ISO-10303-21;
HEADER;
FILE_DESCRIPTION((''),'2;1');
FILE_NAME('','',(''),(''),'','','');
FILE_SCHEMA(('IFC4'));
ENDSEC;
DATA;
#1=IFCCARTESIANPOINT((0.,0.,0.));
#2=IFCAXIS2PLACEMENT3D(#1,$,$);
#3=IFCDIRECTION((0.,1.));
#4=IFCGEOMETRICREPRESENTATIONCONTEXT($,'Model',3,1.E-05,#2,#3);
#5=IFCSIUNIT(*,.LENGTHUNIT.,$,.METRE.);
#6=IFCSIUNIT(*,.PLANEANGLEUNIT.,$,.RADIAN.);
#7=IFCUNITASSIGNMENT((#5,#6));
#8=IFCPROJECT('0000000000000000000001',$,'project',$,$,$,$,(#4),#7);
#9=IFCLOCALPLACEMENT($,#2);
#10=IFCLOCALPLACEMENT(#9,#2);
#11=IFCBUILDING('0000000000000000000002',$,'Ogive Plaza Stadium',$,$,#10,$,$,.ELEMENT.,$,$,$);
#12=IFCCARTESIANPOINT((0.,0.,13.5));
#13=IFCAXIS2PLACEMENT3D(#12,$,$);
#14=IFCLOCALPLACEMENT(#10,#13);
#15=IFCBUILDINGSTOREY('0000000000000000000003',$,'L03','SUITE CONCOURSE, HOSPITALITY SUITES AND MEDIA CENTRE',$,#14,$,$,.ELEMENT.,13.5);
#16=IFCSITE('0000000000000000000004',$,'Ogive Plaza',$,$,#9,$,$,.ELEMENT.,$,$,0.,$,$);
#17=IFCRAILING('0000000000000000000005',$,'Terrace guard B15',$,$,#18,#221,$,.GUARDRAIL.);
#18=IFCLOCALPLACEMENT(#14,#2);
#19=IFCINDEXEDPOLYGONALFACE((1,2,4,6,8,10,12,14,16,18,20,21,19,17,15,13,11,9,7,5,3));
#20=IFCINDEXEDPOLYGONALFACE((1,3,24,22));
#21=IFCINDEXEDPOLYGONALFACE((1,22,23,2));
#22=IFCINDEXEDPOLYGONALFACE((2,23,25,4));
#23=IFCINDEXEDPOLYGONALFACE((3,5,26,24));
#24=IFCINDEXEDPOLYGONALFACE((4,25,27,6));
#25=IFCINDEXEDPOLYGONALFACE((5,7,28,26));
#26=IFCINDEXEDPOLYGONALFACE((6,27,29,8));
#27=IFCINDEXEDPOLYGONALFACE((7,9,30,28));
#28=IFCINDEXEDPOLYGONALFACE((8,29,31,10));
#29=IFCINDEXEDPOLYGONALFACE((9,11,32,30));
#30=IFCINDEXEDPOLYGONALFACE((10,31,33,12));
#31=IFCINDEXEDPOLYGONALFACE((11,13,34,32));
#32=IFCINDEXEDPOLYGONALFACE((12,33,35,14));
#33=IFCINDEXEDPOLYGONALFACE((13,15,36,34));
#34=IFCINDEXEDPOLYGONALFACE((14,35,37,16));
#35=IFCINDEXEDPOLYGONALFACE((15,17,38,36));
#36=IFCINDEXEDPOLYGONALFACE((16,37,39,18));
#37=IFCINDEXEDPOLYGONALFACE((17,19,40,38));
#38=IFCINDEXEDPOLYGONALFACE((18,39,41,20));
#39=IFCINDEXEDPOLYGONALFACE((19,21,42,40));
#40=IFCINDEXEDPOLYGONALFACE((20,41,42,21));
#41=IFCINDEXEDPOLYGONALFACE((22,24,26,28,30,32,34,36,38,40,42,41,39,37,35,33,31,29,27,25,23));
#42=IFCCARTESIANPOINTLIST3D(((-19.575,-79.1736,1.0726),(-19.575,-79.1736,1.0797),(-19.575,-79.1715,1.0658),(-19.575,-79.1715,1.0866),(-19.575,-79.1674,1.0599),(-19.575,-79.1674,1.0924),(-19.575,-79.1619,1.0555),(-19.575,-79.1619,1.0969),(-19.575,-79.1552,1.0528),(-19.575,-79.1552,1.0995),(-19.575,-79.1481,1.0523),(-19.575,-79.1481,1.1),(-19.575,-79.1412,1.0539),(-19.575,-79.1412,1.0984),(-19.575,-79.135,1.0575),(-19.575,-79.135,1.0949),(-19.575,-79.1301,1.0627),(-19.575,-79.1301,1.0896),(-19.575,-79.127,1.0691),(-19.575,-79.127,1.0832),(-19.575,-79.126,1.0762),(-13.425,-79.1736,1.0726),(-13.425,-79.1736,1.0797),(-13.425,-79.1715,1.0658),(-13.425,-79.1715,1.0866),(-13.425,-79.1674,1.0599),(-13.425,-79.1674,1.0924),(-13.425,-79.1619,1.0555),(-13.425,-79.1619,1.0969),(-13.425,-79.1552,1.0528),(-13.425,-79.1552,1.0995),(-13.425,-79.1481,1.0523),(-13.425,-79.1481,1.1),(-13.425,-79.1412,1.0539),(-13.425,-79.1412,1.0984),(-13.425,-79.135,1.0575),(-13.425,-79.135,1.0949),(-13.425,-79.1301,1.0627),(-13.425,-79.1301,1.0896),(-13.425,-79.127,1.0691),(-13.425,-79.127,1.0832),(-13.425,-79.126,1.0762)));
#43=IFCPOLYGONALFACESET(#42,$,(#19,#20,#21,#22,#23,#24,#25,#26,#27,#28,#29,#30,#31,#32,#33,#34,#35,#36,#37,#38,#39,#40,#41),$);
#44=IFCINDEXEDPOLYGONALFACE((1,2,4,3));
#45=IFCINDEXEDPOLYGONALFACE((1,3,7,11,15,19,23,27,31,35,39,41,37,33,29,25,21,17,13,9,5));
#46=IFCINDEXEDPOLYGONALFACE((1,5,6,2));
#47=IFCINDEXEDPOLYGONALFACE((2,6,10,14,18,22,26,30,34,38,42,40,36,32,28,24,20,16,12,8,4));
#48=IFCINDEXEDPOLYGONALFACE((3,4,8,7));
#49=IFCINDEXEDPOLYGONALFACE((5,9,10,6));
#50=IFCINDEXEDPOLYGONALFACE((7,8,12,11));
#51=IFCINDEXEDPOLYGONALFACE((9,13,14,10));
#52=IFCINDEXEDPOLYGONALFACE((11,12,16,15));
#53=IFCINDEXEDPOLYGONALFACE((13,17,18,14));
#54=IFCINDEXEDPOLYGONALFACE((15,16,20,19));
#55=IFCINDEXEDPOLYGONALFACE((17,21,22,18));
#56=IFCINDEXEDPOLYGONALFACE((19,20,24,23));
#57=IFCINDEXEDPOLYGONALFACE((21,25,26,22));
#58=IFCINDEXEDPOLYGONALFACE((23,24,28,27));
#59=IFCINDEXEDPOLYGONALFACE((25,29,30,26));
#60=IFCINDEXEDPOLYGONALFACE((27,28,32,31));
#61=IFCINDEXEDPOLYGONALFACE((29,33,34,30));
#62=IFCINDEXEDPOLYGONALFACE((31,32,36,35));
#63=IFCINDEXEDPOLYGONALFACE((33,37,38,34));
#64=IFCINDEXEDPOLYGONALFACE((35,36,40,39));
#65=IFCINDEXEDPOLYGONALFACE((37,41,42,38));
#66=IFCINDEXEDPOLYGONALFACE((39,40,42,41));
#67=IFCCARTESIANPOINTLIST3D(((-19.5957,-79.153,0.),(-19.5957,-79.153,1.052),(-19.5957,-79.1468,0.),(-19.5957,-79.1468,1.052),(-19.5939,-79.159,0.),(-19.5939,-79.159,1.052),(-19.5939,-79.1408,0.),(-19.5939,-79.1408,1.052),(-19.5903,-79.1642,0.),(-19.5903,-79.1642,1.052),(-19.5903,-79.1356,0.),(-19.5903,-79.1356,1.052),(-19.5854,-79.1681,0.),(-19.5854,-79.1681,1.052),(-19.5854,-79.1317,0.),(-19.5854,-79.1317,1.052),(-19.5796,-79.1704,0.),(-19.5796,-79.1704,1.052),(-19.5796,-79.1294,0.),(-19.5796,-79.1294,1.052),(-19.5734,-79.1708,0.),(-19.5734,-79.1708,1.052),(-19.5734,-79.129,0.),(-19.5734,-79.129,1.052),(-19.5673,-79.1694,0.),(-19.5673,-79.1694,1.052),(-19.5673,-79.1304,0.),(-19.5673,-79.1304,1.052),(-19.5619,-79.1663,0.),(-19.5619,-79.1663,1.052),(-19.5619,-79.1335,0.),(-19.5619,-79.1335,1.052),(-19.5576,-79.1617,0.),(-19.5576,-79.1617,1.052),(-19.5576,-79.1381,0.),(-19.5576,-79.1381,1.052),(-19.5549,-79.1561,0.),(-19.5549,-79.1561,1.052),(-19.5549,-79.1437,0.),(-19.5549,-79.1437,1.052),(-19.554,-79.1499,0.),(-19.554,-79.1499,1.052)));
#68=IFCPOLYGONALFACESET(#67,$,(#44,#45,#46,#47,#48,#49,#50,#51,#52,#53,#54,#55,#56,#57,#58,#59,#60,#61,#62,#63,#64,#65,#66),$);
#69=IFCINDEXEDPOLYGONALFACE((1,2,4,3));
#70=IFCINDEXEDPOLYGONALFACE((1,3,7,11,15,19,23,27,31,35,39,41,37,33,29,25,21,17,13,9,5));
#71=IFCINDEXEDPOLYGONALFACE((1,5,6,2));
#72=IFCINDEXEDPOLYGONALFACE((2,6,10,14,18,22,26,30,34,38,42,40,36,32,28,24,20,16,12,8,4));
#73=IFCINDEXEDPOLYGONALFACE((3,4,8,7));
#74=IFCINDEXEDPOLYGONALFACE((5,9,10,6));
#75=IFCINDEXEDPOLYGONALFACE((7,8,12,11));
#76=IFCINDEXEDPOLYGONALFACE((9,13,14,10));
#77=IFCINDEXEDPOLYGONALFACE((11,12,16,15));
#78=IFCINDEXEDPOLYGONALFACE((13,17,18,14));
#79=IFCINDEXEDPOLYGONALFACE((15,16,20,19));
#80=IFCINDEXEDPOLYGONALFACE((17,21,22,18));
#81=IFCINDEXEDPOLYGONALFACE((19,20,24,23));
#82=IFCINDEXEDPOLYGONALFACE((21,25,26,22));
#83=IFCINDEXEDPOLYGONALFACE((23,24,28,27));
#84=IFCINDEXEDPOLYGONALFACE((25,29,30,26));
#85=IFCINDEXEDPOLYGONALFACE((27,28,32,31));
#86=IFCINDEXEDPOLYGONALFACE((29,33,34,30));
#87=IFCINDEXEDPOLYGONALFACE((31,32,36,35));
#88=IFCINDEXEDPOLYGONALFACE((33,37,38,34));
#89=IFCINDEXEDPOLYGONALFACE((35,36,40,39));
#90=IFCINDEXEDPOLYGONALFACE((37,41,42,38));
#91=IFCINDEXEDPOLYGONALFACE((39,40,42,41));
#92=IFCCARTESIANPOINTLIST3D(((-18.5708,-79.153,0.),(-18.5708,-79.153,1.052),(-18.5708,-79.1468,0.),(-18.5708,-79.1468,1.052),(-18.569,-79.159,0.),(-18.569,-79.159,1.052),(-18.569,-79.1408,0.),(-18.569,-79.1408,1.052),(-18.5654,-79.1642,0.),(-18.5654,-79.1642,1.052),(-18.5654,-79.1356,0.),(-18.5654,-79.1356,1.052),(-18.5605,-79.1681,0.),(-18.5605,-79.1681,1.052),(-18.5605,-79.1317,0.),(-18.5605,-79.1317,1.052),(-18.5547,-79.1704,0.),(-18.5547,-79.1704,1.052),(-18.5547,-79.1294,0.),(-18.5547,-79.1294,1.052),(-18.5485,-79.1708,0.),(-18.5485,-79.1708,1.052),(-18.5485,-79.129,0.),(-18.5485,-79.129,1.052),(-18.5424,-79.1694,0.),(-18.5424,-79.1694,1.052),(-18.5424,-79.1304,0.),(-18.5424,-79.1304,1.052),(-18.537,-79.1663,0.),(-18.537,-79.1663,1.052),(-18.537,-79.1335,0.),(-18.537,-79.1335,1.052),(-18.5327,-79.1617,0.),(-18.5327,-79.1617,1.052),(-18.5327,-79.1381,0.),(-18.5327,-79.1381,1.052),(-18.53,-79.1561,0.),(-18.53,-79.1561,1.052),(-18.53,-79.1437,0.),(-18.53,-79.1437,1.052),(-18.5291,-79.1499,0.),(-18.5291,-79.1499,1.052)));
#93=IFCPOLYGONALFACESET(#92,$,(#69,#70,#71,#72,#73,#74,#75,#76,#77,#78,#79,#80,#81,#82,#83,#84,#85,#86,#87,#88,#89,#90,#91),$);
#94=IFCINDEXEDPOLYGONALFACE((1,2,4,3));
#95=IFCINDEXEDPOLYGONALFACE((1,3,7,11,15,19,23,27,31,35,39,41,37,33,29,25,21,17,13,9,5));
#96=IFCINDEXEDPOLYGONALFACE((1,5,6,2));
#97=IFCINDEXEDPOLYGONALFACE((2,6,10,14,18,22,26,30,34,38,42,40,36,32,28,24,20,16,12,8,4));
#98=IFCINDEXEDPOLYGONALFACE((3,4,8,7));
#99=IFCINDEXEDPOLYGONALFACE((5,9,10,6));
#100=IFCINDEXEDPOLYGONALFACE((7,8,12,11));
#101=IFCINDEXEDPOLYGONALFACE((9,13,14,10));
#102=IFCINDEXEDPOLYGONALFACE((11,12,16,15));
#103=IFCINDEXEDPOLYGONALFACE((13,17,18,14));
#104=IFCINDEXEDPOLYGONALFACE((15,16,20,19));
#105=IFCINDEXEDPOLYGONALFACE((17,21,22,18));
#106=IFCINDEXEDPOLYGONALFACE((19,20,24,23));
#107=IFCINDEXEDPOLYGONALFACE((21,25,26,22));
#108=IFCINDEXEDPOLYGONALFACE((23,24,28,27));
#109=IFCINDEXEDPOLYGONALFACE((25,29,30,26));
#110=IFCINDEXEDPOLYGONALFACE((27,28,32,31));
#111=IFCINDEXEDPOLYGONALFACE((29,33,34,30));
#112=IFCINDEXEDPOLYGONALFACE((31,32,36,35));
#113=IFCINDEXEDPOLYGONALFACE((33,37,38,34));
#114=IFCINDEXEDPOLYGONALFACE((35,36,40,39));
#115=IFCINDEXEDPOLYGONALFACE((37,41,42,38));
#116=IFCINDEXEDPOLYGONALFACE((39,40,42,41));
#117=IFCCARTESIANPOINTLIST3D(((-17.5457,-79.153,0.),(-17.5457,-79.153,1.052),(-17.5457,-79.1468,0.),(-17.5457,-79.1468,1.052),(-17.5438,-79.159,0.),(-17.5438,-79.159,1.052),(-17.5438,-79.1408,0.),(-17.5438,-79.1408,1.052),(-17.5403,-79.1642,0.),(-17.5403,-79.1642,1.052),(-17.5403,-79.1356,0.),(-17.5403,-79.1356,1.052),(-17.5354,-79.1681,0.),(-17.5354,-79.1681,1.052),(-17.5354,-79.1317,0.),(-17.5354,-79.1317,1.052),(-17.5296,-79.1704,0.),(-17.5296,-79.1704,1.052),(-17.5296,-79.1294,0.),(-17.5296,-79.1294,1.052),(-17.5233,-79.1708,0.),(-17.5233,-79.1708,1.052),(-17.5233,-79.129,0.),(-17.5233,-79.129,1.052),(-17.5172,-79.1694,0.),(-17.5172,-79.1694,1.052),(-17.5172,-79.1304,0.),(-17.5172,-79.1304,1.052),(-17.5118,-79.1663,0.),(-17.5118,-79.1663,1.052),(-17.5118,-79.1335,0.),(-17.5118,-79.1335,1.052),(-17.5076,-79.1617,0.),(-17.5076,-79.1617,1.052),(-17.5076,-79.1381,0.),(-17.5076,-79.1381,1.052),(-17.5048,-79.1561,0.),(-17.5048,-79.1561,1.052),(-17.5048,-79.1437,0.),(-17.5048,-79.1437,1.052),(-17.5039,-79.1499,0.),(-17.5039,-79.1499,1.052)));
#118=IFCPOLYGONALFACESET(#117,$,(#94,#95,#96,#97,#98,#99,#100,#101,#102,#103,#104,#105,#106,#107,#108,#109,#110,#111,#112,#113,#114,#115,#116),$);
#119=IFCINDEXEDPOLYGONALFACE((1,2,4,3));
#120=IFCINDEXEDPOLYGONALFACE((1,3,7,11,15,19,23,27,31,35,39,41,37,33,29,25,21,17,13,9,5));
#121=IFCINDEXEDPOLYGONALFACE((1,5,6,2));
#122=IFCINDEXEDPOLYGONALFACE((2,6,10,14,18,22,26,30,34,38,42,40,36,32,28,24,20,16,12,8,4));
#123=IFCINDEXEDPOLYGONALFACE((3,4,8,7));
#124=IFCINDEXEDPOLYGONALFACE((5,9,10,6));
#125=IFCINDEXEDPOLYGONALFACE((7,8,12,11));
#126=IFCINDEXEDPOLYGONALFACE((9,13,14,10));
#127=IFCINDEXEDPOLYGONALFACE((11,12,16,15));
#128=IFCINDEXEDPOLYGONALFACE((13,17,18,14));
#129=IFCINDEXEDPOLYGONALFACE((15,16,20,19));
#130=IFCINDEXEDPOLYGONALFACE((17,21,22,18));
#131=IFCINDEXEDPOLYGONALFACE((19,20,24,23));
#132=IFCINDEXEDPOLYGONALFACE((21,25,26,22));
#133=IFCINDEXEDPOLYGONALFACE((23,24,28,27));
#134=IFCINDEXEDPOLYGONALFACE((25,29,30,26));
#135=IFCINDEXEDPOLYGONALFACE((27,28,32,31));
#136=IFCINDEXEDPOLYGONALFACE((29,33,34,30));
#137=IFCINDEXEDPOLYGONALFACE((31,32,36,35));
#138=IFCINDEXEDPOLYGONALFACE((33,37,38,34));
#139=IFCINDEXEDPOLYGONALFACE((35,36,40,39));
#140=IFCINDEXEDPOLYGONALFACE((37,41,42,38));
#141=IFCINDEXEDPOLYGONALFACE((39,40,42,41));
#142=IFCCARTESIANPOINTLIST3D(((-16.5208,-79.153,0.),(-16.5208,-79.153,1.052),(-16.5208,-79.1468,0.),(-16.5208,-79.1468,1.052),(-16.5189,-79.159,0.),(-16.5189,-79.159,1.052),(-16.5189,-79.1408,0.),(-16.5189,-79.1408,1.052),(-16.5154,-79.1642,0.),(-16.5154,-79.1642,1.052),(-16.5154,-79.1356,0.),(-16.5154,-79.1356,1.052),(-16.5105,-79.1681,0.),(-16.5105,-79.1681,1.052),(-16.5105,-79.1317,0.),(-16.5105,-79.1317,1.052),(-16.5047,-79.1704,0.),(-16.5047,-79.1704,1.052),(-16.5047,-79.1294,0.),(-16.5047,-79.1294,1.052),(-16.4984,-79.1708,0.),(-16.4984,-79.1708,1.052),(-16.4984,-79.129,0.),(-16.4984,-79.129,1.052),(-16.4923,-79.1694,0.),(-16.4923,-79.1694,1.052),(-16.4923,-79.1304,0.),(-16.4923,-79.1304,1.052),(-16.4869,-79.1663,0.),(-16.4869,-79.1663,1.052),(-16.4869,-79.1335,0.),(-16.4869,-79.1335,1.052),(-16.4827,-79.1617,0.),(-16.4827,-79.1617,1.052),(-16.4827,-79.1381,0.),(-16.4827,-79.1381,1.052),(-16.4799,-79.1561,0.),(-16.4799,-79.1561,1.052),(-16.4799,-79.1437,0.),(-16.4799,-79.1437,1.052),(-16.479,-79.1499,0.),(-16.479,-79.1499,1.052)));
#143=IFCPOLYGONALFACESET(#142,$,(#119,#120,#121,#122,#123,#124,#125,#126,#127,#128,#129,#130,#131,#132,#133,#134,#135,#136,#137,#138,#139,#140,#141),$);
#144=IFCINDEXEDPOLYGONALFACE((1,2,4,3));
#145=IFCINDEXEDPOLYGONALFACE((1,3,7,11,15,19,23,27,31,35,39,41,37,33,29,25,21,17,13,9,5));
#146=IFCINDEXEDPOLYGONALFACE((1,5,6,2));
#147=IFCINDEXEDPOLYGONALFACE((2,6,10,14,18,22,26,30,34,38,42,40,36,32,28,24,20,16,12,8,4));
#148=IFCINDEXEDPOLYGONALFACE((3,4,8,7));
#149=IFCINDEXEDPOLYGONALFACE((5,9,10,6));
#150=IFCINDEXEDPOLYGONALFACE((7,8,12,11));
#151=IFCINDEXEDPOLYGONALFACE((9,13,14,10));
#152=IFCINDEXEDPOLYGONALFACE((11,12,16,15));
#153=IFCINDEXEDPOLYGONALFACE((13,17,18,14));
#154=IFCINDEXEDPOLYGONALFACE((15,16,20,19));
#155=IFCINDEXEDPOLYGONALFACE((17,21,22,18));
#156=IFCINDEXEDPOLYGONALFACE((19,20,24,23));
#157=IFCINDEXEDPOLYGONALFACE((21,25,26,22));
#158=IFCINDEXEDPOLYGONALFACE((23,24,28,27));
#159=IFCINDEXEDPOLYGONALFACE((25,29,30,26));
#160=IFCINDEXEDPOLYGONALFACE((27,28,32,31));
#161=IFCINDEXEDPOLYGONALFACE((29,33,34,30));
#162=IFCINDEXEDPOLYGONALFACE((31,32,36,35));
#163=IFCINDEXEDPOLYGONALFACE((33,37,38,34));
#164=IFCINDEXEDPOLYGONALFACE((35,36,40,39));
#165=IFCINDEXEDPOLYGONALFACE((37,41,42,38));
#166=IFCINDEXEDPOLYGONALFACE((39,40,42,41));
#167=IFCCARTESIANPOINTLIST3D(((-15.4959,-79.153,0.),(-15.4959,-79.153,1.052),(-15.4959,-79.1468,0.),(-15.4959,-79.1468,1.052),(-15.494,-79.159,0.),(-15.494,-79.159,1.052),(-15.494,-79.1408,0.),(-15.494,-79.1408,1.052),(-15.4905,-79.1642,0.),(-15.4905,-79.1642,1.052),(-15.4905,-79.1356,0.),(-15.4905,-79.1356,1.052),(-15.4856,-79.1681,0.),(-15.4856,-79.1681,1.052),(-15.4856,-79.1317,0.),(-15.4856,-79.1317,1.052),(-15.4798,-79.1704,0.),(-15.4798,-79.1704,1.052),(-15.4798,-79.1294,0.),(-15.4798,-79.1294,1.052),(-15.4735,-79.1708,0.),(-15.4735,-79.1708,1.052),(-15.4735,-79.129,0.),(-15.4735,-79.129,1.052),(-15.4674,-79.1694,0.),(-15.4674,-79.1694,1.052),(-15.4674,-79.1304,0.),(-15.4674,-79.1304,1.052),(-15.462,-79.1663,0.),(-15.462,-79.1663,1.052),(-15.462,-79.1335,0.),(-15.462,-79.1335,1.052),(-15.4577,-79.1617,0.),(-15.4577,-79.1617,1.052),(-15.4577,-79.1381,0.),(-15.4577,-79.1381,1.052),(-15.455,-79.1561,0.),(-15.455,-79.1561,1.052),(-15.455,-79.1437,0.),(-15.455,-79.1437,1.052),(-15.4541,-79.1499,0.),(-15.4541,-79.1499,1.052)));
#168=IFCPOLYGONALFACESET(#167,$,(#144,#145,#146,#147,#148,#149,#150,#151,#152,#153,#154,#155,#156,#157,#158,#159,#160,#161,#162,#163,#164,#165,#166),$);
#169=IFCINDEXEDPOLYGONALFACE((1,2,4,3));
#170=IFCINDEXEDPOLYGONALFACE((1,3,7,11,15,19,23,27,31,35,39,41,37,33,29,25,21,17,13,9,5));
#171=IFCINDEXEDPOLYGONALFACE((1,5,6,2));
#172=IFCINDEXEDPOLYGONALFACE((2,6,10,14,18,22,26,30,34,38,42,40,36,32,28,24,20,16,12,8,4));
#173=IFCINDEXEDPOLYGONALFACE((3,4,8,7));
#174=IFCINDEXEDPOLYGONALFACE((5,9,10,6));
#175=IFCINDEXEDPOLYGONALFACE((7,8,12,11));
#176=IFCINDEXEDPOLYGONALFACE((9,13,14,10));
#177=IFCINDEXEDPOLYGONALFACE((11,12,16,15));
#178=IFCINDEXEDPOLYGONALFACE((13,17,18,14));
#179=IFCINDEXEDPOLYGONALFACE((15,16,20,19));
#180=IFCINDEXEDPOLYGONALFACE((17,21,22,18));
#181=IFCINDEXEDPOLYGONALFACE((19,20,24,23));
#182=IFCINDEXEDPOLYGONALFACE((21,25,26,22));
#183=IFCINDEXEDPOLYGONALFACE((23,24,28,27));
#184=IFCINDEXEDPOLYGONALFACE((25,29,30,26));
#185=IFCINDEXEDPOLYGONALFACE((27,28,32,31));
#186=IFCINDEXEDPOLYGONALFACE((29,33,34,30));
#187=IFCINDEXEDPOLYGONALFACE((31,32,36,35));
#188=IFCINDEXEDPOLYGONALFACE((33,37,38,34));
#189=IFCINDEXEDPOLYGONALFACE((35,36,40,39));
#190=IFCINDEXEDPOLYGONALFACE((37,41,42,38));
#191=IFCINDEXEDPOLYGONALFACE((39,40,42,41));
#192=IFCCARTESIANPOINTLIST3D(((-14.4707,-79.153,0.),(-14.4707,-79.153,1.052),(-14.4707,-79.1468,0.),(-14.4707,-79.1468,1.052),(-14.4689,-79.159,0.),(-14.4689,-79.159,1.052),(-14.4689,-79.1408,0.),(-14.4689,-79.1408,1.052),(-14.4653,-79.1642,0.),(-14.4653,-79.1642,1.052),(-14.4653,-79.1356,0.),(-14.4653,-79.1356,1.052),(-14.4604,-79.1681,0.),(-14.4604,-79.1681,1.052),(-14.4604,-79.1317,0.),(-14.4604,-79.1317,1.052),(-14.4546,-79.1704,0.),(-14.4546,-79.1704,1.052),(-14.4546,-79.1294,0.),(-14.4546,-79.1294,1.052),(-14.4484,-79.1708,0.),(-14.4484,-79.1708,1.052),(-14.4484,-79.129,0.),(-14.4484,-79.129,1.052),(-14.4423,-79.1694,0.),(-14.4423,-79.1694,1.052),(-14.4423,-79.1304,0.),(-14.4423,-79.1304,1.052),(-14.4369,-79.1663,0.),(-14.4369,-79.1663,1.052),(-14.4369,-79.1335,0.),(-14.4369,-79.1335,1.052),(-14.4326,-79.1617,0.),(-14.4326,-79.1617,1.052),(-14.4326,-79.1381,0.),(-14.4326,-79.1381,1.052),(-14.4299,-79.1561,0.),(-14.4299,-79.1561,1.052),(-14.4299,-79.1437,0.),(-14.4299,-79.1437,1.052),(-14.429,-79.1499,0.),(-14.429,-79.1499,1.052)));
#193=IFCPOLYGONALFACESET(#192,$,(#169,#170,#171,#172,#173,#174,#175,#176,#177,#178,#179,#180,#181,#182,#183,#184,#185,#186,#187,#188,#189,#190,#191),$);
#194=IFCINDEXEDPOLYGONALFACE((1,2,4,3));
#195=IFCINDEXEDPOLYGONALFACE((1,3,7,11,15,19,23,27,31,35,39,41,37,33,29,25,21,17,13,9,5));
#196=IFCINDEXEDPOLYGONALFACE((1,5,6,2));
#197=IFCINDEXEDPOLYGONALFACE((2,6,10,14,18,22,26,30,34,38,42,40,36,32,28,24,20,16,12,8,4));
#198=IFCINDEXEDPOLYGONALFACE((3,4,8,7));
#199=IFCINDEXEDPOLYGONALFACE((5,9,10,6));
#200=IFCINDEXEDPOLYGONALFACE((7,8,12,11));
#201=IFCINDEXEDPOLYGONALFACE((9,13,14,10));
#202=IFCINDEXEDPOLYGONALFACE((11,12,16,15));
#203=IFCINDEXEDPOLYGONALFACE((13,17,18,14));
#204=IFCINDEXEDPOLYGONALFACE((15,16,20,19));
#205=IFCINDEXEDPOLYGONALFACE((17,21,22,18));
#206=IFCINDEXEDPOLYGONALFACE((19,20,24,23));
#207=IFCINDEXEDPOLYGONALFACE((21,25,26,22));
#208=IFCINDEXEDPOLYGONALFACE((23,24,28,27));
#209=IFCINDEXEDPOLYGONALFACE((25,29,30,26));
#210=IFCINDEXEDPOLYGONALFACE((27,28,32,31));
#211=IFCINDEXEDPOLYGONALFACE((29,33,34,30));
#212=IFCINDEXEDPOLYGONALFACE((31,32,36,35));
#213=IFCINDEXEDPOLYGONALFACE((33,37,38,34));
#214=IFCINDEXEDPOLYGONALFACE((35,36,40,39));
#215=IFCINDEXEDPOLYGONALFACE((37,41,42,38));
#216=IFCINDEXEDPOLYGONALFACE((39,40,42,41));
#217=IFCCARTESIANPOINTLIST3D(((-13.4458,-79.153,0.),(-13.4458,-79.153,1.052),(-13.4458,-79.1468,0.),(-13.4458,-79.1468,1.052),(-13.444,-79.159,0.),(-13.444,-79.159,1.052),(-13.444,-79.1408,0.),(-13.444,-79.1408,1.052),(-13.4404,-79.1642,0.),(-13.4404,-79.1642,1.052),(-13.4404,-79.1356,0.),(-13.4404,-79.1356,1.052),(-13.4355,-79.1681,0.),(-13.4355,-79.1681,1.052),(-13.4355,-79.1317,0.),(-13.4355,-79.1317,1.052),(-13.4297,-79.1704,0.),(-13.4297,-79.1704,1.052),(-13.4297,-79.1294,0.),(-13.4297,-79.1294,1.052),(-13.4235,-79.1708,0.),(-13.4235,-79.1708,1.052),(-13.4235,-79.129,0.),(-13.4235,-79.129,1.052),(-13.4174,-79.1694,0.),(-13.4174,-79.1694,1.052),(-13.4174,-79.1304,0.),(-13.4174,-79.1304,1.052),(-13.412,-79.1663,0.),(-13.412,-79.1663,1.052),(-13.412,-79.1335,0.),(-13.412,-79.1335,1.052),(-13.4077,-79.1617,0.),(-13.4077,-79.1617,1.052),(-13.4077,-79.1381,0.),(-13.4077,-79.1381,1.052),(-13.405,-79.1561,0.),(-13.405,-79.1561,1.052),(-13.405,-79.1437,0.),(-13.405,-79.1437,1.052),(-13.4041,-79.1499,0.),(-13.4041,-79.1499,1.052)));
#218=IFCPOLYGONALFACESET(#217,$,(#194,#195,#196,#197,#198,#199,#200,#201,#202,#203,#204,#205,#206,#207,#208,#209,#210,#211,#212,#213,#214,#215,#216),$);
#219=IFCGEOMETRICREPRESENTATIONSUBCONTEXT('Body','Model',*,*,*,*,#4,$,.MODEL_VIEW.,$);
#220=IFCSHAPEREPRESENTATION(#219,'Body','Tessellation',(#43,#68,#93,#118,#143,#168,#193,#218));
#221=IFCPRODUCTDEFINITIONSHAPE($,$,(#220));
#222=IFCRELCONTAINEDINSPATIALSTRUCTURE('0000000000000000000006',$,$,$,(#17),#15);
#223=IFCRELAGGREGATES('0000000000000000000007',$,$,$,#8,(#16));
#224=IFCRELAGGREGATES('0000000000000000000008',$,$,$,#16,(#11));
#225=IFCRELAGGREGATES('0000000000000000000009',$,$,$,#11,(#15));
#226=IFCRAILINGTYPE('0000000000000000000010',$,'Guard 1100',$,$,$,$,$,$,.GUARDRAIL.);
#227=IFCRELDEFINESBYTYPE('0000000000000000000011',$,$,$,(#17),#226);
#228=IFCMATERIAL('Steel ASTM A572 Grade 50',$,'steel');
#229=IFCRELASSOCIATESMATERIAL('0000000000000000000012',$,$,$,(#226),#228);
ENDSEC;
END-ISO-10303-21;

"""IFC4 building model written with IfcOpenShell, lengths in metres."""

from ifc_helpers import new_model, si_unit, direction, frame, origin, origin_2d, place, context, subcontext, project, spatial, circle, extrude, material, type_object, element, save


model = new_model("IFC4")

# Units and contexts
model_context = context("Model", 3, precision=1e-05, world=origin(), true_north=direction((0.0, 1.0)))
body_context = subcontext(model_context, "Body", "Model", "MODEL_VIEW")
ifc_project = project(units=[si_unit("LENGTHUNIT", "METRE"), si_unit("PLANEANGLEUNIT", "RADIAN")], contexts=[model_context])

# Site, building, storey
site_placement = place(None, origin())
site = spatial("IfcSite", under=ifc_project, at=site_placement, Name="Ogive Plaza", CompositionType="ELEMENT", RefElevation=0.0)
building_placement = place(site_placement, origin())
building = spatial("IfcBuilding", under=site, at=building_placement, Name="Ogive Plaza Stadium", CompositionType="ELEMENT")
storey_placement = place(building_placement, frame((0.0, 0.0, 13.5)))
storey = spatial("IfcBuildingStorey", under=building, at=storey_placement, Name="L03", Description="SUITE CONCOURSE, HOSPITALITY SUITES AND MEDIA CENTRE", CompositionType="ELEMENT", Elevation=13.5)

# Railing
ifc_material_1 = material(Name="Steel ASTM A572 Grade 50", Category="steel")
railing_type_1 = type_object("IfcRailingType", Name="Guard 1100", PredefinedType="GUARDRAIL", material=ifc_material_1)
railing_1_placement = place(storey_placement, frame((-19.575, -79.1499, 0.0)))
element("IfcRailing", 1, at=railing_1_placement, inside=storey, type_object=railing_type_1, Name="Terrace guard B15", PredefinedType="GUARDRAIL", context=body_context, shape_type="SweptSolid", body=[
    extrude(circle(Radius=0.0239, at=origin_2d()), frame((0.0, 0.0, 1.0762), z_axis=(1.0, 0.0, 0.0), x_axis=(0.0, 1.0, 0.0)), (0.0, 0.0, 1.0), 6.1499),
    extrude(circle(Radius=0.021, at=origin_2d()), origin(), (0.0, 0.0, 1.0), 1.052),
    extrude(circle(Radius=0.021, at=origin_2d()), frame((1.0249, 0.0, 0.0)), (0.0, 0.0, 1.0), 1.052),
    extrude(circle(Radius=0.021, at=origin_2d()), frame((2.05, 0.0, 0.0)), (0.0, 0.0, 1.0), 1.052),
    extrude(circle(Radius=0.021, at=origin_2d()), frame((3.075, 0.0, 0.0)), (0.0, 0.0, 1.0), 1.052),
    extrude(circle(Radius=0.021, at=origin_2d()), frame((4.0999, 0.0, 0.0)), (0.0, 0.0, 1.0), 1.052),
    extrude(circle(Radius=0.021, at=origin_2d()), frame((5.125, 0.0, 0.0)), (0.0, 0.0, 1.0), 1.052),
    extrude(circle(Radius=0.021, at=origin_2d()), frame((6.1499, 0.0, 0.0)), (0.0, 0.0, 1.0), 1.052),
])

save(model, "model.ifc")
